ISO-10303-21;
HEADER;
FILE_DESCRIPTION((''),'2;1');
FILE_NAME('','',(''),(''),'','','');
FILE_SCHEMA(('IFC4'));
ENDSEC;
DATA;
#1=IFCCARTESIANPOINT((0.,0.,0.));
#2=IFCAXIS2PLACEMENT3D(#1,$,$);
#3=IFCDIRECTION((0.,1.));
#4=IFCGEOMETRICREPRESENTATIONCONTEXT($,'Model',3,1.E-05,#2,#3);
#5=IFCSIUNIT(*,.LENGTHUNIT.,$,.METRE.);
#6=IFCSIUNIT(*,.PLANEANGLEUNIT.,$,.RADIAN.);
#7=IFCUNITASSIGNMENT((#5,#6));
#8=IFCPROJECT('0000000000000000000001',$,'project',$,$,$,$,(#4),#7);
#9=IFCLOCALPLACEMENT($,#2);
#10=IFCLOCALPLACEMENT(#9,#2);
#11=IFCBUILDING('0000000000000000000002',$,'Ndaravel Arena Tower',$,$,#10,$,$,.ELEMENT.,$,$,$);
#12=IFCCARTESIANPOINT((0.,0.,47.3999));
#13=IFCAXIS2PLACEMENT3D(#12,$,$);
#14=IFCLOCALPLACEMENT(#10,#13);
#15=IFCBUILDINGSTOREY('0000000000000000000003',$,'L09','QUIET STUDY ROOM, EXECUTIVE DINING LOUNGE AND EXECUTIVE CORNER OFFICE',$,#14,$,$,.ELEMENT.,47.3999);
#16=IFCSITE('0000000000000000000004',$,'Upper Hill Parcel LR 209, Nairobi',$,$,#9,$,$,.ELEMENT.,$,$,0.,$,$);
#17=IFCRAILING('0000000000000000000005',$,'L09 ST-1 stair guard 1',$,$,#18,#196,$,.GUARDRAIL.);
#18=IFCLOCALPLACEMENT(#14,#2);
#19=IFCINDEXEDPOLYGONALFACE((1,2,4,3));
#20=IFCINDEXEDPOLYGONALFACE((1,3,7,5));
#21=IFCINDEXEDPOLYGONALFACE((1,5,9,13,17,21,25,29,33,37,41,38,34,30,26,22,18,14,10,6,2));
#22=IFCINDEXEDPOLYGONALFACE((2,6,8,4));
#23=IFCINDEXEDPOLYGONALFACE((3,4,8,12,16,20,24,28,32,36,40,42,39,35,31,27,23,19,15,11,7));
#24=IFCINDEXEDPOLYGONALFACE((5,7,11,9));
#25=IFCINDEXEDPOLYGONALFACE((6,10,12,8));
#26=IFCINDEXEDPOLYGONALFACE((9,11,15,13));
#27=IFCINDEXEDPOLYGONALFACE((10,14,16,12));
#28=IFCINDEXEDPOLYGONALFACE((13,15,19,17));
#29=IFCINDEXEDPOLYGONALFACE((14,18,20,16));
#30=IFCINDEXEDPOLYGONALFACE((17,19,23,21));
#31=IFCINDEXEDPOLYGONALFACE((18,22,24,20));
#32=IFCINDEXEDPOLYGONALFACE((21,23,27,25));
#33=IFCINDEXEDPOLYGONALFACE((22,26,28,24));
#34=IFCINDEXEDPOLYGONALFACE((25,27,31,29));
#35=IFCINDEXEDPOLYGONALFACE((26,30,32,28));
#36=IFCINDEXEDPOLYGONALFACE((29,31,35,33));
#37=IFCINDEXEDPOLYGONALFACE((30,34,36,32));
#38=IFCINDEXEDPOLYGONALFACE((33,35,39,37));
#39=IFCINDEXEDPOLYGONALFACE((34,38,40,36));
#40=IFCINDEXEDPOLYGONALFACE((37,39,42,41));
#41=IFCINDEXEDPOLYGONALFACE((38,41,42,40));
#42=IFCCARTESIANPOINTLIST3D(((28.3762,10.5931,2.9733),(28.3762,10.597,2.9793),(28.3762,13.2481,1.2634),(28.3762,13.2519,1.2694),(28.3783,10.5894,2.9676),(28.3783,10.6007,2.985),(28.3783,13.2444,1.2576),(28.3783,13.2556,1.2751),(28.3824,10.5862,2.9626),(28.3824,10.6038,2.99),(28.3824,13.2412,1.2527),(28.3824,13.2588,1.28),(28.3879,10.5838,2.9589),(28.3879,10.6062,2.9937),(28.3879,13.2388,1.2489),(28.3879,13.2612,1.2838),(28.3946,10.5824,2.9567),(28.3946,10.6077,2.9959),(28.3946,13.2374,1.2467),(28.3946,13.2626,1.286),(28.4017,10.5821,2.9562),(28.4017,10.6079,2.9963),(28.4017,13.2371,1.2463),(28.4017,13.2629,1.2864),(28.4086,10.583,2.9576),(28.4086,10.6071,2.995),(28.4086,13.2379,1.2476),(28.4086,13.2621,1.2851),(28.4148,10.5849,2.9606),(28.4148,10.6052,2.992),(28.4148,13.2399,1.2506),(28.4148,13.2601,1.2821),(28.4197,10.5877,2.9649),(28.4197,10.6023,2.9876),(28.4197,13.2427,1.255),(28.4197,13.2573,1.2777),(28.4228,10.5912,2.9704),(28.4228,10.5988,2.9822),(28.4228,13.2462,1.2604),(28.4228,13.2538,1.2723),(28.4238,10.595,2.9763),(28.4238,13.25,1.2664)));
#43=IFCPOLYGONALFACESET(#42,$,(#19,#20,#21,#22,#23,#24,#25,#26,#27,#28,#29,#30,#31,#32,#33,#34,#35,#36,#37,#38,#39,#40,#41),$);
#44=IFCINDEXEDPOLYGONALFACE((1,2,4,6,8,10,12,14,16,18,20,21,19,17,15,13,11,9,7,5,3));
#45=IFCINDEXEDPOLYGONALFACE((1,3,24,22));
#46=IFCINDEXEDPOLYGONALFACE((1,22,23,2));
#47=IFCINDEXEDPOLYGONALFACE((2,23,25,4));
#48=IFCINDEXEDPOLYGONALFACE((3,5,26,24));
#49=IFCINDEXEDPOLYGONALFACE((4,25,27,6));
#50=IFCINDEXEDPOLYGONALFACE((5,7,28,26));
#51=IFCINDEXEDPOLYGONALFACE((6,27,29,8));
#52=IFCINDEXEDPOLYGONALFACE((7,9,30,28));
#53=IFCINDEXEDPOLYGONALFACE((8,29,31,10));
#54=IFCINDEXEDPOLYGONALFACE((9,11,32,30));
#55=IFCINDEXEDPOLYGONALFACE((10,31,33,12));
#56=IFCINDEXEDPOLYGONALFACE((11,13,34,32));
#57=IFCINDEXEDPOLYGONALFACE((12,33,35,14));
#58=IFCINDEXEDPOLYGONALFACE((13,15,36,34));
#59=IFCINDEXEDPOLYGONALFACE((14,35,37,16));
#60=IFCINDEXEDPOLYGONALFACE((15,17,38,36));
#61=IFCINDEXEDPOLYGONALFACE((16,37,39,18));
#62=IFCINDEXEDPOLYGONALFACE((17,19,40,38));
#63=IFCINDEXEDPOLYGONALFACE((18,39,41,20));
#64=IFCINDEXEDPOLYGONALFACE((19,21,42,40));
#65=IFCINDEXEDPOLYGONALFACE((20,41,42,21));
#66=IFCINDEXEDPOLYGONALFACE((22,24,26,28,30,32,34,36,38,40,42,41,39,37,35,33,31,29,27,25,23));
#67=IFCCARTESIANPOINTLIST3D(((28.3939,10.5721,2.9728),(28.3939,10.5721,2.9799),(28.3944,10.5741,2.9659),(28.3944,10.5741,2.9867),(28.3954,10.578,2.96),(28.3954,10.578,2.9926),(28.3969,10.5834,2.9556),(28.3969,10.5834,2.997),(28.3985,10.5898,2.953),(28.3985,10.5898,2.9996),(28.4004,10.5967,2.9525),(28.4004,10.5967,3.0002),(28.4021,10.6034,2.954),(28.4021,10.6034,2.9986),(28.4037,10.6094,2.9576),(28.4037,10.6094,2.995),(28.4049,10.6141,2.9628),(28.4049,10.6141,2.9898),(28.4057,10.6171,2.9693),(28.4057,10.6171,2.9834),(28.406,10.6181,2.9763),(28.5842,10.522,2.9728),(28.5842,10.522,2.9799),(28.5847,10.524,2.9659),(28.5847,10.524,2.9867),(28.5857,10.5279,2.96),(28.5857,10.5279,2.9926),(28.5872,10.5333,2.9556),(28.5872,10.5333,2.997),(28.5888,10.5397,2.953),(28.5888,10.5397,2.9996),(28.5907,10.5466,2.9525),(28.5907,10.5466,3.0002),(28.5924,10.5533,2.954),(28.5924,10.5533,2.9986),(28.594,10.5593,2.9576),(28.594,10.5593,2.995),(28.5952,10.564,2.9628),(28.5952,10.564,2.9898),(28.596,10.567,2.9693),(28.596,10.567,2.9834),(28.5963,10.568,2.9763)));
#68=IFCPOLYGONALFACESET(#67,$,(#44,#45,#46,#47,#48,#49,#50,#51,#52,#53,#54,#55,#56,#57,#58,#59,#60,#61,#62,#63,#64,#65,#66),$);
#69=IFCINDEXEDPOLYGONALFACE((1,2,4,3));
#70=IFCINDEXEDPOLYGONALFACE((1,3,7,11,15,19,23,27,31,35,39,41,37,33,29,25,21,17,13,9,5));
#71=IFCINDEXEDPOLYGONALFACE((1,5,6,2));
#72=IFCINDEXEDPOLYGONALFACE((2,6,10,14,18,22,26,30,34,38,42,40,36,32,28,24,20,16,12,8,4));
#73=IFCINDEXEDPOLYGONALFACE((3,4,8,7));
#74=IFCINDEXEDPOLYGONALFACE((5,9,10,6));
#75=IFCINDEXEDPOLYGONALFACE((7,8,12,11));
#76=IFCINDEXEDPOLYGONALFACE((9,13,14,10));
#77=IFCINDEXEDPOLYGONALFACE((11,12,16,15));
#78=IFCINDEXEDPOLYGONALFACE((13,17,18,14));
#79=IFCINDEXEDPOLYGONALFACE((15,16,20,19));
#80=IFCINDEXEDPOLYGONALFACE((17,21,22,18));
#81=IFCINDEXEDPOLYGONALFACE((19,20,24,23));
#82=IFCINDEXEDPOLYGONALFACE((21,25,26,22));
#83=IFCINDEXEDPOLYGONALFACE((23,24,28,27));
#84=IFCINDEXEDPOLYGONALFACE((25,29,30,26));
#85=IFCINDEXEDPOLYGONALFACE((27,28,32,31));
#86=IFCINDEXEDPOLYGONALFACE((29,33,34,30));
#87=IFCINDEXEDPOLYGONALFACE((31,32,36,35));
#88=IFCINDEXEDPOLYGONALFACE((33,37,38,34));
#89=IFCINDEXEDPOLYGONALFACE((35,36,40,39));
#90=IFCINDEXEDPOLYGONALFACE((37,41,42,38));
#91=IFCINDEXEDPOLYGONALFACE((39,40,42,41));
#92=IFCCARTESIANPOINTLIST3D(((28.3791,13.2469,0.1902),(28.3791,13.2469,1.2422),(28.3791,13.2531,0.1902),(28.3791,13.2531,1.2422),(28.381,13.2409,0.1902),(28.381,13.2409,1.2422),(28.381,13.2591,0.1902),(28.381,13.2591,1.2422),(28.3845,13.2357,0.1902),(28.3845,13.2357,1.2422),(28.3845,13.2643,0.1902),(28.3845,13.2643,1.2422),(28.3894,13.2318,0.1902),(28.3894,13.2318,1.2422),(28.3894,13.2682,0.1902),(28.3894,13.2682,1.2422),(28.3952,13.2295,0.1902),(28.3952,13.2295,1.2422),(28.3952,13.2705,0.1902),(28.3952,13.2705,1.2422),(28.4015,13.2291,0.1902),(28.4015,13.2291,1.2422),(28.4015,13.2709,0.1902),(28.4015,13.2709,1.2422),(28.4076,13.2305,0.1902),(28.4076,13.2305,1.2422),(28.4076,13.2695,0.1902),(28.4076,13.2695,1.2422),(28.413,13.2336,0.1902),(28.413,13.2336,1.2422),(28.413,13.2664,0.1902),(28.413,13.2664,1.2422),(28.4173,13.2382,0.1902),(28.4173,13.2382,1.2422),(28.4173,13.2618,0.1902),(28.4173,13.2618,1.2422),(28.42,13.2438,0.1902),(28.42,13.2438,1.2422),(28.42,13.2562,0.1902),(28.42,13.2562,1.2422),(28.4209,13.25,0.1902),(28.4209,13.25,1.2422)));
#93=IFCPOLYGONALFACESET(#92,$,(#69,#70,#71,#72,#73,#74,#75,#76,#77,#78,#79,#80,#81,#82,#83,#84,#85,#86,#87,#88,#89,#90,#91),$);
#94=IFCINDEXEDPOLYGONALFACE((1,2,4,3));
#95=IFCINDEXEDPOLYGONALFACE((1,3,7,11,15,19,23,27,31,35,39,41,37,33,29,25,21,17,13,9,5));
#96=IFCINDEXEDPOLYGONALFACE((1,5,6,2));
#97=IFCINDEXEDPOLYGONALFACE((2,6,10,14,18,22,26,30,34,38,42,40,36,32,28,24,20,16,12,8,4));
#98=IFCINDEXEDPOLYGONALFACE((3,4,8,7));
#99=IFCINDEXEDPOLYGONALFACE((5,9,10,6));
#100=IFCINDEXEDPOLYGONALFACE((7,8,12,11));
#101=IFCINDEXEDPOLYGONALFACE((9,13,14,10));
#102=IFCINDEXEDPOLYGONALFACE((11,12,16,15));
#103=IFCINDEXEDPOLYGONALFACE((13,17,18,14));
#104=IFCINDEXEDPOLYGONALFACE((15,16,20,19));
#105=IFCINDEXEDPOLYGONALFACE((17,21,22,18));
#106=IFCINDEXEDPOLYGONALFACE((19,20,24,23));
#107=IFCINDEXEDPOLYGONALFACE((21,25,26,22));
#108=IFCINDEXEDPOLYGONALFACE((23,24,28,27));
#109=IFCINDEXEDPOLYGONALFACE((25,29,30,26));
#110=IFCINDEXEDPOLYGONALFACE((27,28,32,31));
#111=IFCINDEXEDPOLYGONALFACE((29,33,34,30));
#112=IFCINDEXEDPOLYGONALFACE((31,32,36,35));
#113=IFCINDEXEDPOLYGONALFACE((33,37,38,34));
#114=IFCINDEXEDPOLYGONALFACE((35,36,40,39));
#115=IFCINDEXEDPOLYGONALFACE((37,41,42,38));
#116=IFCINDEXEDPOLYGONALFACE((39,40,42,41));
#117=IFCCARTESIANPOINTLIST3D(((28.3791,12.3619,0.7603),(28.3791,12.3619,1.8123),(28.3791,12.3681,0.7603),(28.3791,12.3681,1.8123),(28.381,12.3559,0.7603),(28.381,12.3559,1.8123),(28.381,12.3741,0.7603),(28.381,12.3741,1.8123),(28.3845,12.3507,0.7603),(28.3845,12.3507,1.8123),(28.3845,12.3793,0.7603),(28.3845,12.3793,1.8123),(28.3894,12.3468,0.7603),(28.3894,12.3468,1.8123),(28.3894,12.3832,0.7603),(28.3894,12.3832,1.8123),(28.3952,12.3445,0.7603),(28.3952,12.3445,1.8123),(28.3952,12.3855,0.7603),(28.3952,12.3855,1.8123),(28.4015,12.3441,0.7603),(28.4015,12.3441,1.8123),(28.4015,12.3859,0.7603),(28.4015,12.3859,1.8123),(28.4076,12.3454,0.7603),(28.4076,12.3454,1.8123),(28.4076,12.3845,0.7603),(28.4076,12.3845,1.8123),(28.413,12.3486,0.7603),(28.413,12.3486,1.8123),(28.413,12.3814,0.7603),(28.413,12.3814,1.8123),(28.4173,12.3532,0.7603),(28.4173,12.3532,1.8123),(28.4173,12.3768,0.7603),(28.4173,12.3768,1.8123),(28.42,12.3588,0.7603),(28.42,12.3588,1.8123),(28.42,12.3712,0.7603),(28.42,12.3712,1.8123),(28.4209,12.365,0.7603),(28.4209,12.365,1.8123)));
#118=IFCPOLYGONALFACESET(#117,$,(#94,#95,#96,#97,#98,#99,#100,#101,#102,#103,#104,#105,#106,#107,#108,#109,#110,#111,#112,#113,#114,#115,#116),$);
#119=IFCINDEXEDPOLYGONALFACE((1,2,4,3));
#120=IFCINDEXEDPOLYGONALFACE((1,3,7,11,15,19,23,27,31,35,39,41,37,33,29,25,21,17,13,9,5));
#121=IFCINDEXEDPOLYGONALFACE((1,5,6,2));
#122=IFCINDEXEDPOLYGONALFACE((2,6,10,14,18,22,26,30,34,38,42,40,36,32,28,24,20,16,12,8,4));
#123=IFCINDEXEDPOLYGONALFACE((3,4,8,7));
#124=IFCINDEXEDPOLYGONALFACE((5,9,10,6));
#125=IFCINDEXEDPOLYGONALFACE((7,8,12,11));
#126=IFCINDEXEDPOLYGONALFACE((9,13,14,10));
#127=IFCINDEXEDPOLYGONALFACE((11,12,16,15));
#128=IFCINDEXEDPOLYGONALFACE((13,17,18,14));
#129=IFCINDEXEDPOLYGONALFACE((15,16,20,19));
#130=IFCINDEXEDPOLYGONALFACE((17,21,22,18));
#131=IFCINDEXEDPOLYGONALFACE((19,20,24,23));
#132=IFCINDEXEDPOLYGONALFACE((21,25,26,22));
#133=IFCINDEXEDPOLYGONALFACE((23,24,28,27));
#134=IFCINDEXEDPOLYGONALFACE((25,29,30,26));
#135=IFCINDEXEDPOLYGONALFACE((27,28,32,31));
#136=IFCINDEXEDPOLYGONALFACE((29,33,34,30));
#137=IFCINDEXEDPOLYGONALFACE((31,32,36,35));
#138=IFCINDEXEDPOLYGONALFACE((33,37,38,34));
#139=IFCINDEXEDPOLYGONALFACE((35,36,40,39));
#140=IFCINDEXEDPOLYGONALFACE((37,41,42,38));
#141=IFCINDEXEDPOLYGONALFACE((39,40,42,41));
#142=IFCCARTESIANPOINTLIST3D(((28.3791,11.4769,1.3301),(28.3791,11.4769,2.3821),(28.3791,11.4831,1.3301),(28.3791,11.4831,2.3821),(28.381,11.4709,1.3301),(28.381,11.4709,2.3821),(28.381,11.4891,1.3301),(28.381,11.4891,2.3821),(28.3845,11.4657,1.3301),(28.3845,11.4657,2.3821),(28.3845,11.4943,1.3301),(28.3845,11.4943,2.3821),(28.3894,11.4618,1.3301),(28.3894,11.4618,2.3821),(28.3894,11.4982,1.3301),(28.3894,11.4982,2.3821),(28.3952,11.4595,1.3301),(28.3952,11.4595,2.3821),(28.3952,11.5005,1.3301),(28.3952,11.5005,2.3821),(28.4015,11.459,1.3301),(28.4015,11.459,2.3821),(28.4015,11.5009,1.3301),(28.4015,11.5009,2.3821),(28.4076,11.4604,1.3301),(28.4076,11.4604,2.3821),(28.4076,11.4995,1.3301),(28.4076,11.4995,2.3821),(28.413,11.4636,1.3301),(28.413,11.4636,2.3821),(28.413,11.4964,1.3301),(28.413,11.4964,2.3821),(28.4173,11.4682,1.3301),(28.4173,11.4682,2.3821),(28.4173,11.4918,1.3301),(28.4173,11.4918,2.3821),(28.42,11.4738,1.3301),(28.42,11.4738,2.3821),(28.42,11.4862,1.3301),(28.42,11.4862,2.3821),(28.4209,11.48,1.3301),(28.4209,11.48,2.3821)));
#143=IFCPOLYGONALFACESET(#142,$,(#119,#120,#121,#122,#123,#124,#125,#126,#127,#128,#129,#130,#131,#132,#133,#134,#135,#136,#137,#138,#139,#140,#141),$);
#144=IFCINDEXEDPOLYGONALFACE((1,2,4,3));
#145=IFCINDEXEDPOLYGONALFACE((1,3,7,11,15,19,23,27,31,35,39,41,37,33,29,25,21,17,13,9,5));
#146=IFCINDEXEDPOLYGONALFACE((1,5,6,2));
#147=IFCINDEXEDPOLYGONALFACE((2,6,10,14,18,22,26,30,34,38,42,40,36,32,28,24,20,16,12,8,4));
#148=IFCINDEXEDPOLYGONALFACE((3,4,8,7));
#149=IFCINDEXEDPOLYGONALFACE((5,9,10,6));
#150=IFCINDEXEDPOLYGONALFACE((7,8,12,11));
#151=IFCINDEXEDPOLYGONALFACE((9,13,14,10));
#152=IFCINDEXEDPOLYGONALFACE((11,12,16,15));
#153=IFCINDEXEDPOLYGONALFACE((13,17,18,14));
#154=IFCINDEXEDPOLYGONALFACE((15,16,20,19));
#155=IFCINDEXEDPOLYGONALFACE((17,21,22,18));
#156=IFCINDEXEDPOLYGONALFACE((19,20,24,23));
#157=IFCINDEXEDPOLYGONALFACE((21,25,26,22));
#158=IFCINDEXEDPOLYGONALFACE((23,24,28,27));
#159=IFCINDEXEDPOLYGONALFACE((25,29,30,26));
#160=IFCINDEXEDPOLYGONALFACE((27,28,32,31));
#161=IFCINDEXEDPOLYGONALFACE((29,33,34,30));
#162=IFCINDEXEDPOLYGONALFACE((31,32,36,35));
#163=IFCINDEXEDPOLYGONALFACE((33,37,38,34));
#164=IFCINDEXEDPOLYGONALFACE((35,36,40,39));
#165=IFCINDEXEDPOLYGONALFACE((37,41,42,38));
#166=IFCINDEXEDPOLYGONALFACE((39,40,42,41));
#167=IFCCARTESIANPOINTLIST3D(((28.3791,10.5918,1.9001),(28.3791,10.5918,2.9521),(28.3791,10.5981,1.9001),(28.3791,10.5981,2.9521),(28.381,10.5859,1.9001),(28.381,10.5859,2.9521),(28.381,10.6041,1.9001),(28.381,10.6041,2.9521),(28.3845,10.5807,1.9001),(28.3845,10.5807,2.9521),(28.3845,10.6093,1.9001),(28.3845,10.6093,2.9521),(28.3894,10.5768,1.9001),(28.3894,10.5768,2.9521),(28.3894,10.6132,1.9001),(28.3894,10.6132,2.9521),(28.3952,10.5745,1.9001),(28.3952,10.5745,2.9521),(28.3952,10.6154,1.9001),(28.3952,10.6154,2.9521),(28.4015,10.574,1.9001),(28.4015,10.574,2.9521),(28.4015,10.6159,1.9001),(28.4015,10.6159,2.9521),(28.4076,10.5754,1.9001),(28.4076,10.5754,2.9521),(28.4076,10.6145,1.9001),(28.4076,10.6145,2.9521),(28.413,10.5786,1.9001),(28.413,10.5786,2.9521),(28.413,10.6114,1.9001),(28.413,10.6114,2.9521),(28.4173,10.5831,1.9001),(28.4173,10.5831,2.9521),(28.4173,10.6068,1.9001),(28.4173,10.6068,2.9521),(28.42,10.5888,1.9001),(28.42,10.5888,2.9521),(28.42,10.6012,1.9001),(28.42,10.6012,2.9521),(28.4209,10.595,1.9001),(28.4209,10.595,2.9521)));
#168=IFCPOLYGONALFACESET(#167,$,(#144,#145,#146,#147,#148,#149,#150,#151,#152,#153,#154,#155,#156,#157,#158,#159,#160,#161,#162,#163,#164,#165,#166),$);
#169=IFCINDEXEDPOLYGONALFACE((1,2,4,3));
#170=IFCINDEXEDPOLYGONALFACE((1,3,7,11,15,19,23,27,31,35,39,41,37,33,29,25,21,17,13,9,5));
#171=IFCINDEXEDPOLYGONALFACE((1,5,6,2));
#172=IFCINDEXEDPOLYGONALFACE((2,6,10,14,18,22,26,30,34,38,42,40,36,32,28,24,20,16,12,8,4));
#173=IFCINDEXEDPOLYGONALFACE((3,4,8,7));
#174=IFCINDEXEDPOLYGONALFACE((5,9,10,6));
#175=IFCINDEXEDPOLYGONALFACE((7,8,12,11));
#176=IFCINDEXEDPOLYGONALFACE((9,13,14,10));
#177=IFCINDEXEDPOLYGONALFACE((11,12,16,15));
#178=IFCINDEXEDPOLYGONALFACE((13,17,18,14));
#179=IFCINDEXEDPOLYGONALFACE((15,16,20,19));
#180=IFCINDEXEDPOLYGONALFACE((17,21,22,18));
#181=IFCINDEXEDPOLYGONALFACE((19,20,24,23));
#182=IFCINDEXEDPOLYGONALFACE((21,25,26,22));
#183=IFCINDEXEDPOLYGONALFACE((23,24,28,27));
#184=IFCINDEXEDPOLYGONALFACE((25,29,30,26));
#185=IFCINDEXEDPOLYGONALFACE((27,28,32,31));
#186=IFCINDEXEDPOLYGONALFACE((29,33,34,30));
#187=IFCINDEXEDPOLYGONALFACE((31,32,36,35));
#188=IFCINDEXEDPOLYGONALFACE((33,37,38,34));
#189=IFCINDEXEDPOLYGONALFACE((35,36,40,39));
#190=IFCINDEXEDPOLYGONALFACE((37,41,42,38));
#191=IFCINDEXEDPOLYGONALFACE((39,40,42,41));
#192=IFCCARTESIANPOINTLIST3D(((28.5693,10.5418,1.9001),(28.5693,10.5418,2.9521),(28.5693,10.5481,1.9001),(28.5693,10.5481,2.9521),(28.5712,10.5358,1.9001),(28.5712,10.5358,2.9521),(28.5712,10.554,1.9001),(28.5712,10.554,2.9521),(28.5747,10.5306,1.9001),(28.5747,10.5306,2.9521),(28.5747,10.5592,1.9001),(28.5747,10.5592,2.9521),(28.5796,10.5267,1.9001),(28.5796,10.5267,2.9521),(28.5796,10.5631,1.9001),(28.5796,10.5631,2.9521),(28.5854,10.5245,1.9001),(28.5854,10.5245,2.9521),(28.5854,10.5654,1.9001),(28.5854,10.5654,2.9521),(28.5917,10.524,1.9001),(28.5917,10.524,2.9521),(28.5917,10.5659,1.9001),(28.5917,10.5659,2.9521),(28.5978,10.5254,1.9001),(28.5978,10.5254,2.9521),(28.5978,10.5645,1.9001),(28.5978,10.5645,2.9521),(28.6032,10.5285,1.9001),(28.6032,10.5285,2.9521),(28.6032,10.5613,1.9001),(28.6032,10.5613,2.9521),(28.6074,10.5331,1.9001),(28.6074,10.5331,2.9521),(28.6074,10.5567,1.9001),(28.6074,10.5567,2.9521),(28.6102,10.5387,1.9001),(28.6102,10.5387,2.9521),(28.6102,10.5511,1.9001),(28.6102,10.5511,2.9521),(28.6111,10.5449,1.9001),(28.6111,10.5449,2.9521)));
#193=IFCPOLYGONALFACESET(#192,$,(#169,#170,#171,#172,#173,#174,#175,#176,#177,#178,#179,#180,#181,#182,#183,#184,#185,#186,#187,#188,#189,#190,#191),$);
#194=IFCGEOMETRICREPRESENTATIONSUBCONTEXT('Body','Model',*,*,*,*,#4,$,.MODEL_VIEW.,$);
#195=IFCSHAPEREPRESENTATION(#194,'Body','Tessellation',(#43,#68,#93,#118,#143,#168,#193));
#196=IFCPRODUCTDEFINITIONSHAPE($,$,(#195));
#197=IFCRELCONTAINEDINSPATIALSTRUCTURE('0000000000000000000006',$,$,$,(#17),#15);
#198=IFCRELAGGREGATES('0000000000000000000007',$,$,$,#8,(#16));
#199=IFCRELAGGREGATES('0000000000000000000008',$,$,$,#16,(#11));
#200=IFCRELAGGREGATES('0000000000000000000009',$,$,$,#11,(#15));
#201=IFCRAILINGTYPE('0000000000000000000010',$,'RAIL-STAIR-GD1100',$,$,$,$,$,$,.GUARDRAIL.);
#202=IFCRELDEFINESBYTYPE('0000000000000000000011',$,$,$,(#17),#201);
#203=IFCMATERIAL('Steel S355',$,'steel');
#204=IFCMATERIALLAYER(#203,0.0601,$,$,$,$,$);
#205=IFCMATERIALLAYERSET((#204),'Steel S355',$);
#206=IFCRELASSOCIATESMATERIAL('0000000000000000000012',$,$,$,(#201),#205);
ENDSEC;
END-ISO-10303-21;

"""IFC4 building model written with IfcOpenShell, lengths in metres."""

from ifc_helpers import new_model, si_unit, direction, frame, origin, origin_2d, place, context, subcontext, project, spatial, circle, extrude, material, layer, layer_set, type_object, element, save


model = new_model("IFC4")

# Units and contexts
model_context = context("Model", 3, precision=1e-05, world=origin(), true_north=direction((0.0, 1.0)))
body_context = subcontext(model_context, "Body", "Model", "MODEL_VIEW")
ifc_project = project(units=[si_unit("LENGTHUNIT", "METRE"), si_unit("PLANEANGLEUNIT", "RADIAN")], contexts=[model_context])

# Site, building, storey
site_placement = place(None, origin())
site = spatial("IfcSite", under=ifc_project, at=site_placement, Name="Upper Hill Parcel LR 209, Nairobi", CompositionType="ELEMENT", RefElevation=0.0)
building_placement = place(site_placement, origin())
building = spatial("IfcBuilding", under=site, at=building_placement, Name="Ndaravel Arena Tower", CompositionType="ELEMENT")
storey_placement = place(building_placement, frame((0.0, 0.0, 47.3999)))
storey = spatial("IfcBuildingStorey", under=building, at=storey_placement, Name="L09", Description="QUIET STUDY ROOM, EXECUTIVE DINING LOUNGE AND EXECUTIVE CORNER OFFICE", CompositionType="ELEMENT", Elevation=47.3999)

# Railing
ifc_material_1 = material(Name="Steel S355", Category="steel")
ifc_layer_1 = layer(ifc_material_1, 0.0601)
ifc_layer_set_1 = layer_set([ifc_layer_1], Name="Steel S355")
railing_type_1 = type_object("IfcRailingType", Name="RAIL-STAIR-GD1100", PredefinedType="GUARDRAIL", material=ifc_layer_set_1)
railing_1_placement = place(storey_placement, frame((28.3999, 13.25, 0.1902)))
element("IfcRailing", 1, at=railing_1_placement, inside=storey, type_object=railing_type_1, Name="L09 ST-1 stair guard 1", PredefinedType="GUARDRAIL", context=body_context, shape_type="SweptSolid", body=[
    extrude(circle(Radius=0.0239, at=origin_2d()), frame((0.0, 0.0, 1.0762), z_axis=(0.0, -0.840724, 0.541465), x_axis=(1.0, 0.0, 0.0)), (0.0, 0.0, 1.0), 3.158),
    extrude(circle(Radius=0.0239, at=origin_2d()), frame((0.0, -2.655, 2.7861), z_axis=(0.967075, -0.254493, 0.0), x_axis=(0.254493, 0.967075, 0.0)), (0.0, 0.0, 1.0), 0.1968),
    extrude(circle(Radius=0.021, at=origin_2d()), origin(), (0.0, 0.0, 1.0), 1.052),
    extrude(circle(Radius=0.021, at=origin_2d()), frame((0.0, -0.885, 0.5701)), (0.0, 0.0, 1.0), 1.052),
    extrude(circle(Radius=0.021, at=origin_2d()), frame((0.0, -1.77, 1.1399)), (0.0, 0.0, 1.0), 1.052),
    extrude(circle(Radius=0.021, at=origin_2d()), frame((0.0, -2.655, 1.71)), (0.0, 0.0, 1.0), 1.052),
    extrude(circle(Radius=0.021, at=origin_2d()), frame((0.1902, -2.7051, 1.71)), (0.0, 0.0, 1.0), 1.052),
])

save(model, "model.ifc")
